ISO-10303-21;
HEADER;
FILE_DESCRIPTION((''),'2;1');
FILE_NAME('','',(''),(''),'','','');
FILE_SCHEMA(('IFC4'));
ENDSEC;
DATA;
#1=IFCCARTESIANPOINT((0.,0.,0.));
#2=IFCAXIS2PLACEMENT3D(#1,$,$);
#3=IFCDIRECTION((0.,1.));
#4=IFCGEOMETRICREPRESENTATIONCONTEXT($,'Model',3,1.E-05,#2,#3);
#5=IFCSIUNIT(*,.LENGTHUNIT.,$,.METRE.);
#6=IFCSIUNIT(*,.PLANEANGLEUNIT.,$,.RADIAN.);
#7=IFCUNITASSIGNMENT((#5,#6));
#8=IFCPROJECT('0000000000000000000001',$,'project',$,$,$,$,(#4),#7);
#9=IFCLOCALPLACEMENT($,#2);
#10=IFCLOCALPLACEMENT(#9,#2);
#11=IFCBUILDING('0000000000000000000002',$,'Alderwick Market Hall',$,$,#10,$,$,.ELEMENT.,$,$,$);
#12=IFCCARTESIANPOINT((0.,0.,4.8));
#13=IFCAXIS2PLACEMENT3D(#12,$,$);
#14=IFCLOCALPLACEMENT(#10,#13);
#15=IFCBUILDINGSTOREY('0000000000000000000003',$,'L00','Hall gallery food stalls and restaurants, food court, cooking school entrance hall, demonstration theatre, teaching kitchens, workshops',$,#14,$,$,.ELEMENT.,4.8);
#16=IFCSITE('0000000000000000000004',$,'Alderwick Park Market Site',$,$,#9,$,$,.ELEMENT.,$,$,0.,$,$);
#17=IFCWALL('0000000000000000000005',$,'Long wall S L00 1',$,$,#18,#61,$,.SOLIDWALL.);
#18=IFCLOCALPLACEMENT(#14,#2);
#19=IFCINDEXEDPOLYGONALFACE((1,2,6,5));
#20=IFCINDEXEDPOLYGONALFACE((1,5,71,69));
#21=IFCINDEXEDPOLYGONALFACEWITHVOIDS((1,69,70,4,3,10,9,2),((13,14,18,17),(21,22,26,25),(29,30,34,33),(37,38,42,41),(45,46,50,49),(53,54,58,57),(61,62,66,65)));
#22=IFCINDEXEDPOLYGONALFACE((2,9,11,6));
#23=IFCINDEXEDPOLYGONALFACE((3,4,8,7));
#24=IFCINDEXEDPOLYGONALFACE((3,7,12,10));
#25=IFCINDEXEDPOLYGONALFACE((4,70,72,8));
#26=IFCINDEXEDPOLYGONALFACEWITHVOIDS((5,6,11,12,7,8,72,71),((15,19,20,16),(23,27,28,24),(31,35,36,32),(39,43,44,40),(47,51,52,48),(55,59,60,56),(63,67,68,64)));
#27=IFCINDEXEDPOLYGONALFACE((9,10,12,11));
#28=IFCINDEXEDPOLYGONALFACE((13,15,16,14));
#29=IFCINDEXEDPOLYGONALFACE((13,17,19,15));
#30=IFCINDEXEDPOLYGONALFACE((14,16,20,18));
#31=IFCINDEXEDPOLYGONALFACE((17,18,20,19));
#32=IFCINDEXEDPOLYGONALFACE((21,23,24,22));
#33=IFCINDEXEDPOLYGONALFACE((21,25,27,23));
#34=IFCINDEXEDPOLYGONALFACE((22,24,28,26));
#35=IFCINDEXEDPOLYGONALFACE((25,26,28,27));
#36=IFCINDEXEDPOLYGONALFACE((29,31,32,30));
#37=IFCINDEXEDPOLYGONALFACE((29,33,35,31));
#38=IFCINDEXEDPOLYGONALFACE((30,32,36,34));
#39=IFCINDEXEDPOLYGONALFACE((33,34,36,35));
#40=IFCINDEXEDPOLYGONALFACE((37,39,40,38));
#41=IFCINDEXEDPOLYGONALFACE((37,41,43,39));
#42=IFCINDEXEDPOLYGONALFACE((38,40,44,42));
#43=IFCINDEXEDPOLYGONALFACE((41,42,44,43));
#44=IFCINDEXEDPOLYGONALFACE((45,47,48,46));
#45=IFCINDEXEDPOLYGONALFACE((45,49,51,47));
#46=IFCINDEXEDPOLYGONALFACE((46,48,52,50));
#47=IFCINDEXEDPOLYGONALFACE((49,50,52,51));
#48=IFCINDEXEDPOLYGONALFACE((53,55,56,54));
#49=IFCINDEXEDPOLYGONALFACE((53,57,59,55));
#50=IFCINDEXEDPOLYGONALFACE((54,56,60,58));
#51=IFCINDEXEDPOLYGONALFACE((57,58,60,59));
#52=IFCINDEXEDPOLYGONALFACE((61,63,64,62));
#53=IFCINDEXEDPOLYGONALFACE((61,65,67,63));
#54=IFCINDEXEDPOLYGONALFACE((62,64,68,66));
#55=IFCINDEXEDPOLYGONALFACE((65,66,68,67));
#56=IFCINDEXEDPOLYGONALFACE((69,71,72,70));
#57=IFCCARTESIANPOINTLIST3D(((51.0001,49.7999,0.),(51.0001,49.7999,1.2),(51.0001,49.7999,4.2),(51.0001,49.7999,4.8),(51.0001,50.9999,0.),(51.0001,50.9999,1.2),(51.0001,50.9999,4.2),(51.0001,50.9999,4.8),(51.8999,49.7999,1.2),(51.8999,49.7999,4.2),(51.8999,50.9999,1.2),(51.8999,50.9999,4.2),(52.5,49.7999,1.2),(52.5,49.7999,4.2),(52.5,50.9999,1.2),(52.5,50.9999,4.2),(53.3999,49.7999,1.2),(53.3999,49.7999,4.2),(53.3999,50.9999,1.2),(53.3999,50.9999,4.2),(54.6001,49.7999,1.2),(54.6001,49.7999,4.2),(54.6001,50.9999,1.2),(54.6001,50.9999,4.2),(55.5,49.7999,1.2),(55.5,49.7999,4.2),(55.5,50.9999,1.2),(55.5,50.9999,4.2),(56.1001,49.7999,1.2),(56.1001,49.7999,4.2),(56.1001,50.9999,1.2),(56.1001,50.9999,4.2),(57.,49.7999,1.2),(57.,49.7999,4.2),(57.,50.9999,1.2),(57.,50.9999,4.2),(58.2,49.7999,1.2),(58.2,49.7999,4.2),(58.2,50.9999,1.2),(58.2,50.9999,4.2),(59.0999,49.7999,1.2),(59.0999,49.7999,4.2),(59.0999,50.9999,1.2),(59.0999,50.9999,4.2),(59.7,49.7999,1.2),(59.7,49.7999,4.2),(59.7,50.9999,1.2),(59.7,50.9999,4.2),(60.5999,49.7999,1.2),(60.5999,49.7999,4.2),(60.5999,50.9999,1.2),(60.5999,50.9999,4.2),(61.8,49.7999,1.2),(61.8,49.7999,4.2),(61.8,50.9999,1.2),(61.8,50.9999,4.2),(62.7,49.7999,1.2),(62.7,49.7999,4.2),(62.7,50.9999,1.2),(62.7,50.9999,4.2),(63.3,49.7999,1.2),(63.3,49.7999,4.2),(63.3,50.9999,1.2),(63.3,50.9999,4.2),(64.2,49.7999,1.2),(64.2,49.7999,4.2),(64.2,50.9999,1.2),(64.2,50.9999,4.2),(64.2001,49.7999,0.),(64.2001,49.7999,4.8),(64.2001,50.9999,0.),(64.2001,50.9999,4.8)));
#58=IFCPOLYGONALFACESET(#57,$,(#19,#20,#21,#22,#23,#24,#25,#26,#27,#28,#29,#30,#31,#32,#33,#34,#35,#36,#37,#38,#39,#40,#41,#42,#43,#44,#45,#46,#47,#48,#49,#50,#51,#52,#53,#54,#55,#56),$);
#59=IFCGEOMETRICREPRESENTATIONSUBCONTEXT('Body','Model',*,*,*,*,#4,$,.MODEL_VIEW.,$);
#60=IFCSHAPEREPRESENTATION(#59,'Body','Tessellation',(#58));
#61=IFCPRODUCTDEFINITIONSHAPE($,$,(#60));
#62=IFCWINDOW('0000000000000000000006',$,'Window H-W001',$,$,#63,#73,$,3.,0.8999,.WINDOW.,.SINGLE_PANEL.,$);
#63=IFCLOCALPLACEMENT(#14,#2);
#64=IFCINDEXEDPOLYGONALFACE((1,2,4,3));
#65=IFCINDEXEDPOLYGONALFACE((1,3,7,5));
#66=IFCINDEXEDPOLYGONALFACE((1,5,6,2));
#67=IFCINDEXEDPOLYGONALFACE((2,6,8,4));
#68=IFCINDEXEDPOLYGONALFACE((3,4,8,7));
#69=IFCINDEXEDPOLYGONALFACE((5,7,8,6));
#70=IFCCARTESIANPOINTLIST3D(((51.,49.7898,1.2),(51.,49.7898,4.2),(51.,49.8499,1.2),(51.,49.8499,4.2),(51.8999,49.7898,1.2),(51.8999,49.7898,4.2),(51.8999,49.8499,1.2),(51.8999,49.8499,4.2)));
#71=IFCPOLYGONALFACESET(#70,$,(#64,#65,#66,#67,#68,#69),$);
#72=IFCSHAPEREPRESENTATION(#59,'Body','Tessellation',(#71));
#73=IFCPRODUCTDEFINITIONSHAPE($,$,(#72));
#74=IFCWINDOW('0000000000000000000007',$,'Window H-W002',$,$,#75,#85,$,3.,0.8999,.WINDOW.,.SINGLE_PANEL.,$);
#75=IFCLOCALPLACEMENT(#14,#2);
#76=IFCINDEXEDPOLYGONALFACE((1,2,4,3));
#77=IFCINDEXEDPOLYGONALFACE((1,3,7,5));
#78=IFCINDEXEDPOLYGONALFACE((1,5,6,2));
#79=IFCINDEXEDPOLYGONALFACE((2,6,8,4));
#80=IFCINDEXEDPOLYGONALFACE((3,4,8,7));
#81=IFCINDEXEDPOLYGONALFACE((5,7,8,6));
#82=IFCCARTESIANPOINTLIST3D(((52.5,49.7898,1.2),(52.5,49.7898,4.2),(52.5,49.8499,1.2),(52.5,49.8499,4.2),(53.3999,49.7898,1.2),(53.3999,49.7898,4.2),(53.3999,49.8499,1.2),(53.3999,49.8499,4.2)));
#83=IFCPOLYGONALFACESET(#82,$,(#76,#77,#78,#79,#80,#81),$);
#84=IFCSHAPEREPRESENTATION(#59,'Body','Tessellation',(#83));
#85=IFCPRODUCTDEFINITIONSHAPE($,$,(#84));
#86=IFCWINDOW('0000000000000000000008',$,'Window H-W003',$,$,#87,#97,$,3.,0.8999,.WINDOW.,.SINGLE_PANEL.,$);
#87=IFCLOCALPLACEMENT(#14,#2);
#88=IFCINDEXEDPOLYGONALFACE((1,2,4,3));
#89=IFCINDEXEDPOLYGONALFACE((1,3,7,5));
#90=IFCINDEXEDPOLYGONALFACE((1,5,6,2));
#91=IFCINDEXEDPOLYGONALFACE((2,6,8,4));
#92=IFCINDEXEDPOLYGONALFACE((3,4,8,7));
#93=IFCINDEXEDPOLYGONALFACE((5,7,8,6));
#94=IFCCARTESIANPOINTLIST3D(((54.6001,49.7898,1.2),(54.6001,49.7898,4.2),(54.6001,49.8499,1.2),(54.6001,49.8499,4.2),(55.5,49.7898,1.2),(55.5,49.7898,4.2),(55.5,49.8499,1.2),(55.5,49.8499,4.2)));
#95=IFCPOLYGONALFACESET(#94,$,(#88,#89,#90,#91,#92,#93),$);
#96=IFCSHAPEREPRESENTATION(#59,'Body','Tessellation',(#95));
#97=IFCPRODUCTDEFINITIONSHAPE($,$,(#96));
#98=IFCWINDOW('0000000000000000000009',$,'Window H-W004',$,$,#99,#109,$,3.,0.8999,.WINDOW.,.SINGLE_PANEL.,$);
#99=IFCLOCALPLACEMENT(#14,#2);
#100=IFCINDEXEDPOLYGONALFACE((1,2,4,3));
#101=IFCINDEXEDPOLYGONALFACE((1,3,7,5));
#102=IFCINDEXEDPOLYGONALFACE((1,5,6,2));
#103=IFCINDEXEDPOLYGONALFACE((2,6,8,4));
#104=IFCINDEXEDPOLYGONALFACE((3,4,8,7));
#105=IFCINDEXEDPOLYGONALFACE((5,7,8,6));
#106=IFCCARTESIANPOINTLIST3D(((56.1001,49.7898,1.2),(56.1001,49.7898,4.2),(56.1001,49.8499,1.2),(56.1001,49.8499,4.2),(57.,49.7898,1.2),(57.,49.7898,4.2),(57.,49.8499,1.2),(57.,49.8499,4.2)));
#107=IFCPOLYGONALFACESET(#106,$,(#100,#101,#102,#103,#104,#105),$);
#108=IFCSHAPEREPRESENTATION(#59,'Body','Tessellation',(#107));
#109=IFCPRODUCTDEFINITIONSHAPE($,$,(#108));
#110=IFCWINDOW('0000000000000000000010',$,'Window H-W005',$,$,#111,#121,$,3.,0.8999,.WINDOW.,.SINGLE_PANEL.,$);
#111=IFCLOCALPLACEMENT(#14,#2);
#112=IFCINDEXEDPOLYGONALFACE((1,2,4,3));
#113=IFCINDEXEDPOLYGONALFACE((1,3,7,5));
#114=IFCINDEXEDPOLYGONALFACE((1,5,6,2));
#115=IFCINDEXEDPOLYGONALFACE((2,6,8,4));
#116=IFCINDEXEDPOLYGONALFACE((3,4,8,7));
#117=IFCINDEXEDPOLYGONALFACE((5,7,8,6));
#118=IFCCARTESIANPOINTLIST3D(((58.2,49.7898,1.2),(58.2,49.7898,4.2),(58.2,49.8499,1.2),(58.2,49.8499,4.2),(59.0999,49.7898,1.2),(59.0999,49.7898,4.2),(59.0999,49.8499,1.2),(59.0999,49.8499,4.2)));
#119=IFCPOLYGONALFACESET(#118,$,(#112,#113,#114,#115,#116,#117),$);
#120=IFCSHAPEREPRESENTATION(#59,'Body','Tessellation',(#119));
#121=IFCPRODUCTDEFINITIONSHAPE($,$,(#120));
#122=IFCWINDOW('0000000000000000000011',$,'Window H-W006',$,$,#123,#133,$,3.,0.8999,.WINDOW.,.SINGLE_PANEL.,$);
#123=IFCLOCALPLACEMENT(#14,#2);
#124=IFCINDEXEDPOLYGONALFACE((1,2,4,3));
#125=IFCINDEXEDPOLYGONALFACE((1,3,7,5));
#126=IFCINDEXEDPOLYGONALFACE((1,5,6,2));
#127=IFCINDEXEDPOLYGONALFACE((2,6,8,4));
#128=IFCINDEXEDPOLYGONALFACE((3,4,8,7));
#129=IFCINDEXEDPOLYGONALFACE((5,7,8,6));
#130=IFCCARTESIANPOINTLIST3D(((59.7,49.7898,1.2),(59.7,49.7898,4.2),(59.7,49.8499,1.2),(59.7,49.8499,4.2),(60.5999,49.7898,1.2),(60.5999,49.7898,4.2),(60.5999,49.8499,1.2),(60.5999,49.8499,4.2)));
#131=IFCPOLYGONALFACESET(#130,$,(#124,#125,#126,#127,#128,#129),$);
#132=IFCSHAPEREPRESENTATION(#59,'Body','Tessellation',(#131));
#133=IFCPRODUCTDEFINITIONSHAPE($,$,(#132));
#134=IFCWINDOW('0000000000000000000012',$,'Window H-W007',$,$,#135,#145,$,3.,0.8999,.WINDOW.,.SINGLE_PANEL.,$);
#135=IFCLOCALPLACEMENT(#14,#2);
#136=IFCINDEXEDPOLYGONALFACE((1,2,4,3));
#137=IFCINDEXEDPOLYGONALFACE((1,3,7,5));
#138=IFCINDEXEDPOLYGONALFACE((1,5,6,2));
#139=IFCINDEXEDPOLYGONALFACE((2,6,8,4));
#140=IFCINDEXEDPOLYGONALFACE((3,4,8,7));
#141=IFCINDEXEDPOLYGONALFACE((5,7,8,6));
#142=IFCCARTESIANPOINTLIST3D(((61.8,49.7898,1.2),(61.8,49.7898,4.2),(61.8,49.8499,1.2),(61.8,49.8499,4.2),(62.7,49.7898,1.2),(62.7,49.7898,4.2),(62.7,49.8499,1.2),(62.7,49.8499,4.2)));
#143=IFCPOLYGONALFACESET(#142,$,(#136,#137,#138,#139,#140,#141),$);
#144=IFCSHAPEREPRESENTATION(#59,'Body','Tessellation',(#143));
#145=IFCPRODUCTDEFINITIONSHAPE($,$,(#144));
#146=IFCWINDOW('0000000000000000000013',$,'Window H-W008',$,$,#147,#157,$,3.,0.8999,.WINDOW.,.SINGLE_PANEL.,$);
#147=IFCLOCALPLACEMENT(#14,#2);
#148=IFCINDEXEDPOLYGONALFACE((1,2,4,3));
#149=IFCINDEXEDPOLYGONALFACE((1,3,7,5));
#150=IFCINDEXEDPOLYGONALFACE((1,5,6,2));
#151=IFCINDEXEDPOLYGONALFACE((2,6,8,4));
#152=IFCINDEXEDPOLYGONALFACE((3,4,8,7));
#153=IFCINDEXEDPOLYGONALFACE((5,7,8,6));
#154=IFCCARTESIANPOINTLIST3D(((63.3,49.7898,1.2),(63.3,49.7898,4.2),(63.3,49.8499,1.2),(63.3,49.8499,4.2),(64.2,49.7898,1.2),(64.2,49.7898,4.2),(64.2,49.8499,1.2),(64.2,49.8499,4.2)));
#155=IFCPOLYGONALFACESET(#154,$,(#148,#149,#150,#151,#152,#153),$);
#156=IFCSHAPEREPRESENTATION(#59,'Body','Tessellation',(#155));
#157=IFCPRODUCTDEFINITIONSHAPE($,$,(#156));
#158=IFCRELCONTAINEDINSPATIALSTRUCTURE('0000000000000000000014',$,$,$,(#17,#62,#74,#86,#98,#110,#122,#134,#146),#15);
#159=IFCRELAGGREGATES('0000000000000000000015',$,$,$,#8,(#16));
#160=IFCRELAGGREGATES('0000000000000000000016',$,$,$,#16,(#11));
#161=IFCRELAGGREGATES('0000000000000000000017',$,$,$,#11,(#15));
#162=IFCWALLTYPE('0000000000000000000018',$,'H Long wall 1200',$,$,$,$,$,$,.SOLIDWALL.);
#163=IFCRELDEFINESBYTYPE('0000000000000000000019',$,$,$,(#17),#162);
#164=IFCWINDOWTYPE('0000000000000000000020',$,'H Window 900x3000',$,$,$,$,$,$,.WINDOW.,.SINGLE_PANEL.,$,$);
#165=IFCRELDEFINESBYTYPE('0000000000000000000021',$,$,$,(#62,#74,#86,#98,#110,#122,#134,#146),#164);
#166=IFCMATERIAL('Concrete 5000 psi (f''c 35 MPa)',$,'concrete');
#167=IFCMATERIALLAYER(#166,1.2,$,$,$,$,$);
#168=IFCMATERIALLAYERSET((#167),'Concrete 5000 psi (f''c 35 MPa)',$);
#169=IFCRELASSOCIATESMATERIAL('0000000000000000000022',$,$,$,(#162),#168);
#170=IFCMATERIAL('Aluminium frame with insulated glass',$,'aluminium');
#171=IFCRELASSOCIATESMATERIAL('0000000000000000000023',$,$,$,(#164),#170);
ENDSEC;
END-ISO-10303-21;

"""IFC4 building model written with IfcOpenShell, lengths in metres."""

from ifc_helpers import new_model, si_unit, direction, frame, frame_2d, origin, place, context, subcontext, project, spatial, rectangle, extrude, material, layer, layer_set, type_object, element, fill, save


model = new_model("IFC4")

# Units and contexts
model_context = context("Model", 3, precision=1e-05, world=origin(), true_north=direction((0.0, 1.0)))
body_context = subcontext(model_context, "Body", "Model", "MODEL_VIEW")
ifc_project = project(units=[si_unit("LENGTHUNIT", "METRE"), si_unit("PLANEANGLEUNIT", "RADIAN")], contexts=[model_context])

# Site, building, storey
site_placement = place(None, origin())
site = spatial("IfcSite", under=ifc_project, at=site_placement, Name="Alderwick Park Market Site", CompositionType="ELEMENT", RefElevation=0.0)
building_placement = place(site_placement, origin())
building = spatial("IfcBuilding", under=site, at=building_placement, Name="Alderwick Market Hall", CompositionType="ELEMENT")
storey_placement = place(building_placement, frame((0.0, 0.0, 4.8)))
storey = spatial("IfcBuildingStorey", under=building, at=storey_placement, Name="L00", Description="Hall gallery food stalls and restaurants, food court, cooking school entrance hall, demonstration theatre, teaching kitchens, workshops", CompositionType="ELEMENT", Elevation=4.8)

# Shared definitions
ifc_material_1 = material(Name="Concrete 5000 psi (f'c 35 MPa)", Category="concrete")

# Wall, openings, windows
ifc_layer_1 = layer(ifc_material_1, 1.2)
ifc_layer_set_1 = layer_set([ifc_layer_1], Name="Concrete 5000 psi (f'c 35 MPa)")
wall_type_1 = type_object("IfcWallType", Name="H Long wall 1200", PredefinedType="SOLIDWALL", material=ifc_layer_set_1)
wall_1_placement = place(storey_placement, frame((51.0, 50.3999, 0.0), z_axis=(0.0, 0.0, 1.0), x_axis=(1.0, 0.0, 0.0)))
wall_1 = element("IfcWall", 1, at=wall_1_placement, inside=storey, type_object=wall_type_1, Name="Long wall S L00 1", PredefinedType="SOLIDWALL", context=body_context, shape_type="SweptSolid", body=[
    extrude(rectangle(XDim=13.2, YDim=1.2, at=frame_2d((6.6001, 0.0))), origin(), (0.0, 0.0, 1.0), 4.8),
])
opening_1_placement = place(wall_1_placement, frame((0.0, 0.0, 1.2)))
opening_1 = element("IfcOpeningElement", 2, at=opening_1_placement, cuts=wall_1, PredefinedType="OPENING", context=body_context, shape_type="SweptSolid", body=[
    extrude(rectangle(XDim=0.8999, YDim=3.0, at=frame_2d((0.45, 1.5))), frame((0.0, 0.6099, 0.0), z_axis=(0.0, -1.0, 0.0), x_axis=(1.0, 0.0, 0.0)), (0.0, 0.0, 1.0), 1.22),
])
opening_2_placement = place(wall_1_placement, frame((1.5, 0.0, 1.2)))
opening_2 = element("IfcOpeningElement", 3, at=opening_2_placement, cuts=wall_1, PredefinedType="OPENING", context=body_context, shape_type="SweptSolid", body=[
    extrude(rectangle(XDim=0.8999, YDim=3.0, at=frame_2d((0.45, 1.5))), frame((0.0, 0.6099, 0.0), z_axis=(0.0, -1.0, 0.0), x_axis=(1.0, 0.0, 0.0)), (0.0, 0.0, 1.0), 1.22),
])
opening_3_placement = place(wall_1_placement, frame((3.6001, 0.0, 1.2)))
opening_3 = element("IfcOpeningElement", 4, at=opening_3_placement, cuts=wall_1, PredefinedType="OPENING", context=body_context, shape_type="SweptSolid", body=[
    extrude(rectangle(XDim=0.8999, YDim=3.0, at=frame_2d((0.45, 1.5))), frame((0.0, 0.6099, 0.0), z_axis=(0.0, -1.0, 0.0), x_axis=(1.0, 0.0, 0.0)), (0.0, 0.0, 1.0), 1.22),
])
opening_4_placement = place(wall_1_placement, frame((5.1001, 0.0, 1.2)))
opening_4 = element("IfcOpeningElement", 5, at=opening_4_placement, cuts=wall_1, PredefinedType="OPENING", context=body_context, shape_type="SweptSolid", body=[
    extrude(rectangle(XDim=0.8999, YDim=3.0, at=frame_2d((0.45, 1.5))), frame((0.0, 0.6099, 0.0), z_axis=(0.0, -1.0, 0.0), x_axis=(1.0, 0.0, 0.0)), (0.0, 0.0, 1.0), 1.22),
])
opening_5_placement = place(wall_1_placement, frame((7.2, 0.0, 1.2)))
opening_5 = element("IfcOpeningElement", 6, at=opening_5_placement, cuts=wall_1, PredefinedType="OPENING", context=body_context, shape_type="SweptSolid", body=[
    extrude(rectangle(XDim=0.8999, YDim=3.0, at=frame_2d((0.45, 1.5))), frame((0.0, 0.6099, 0.0), z_axis=(0.0, -1.0, 0.0), x_axis=(1.0, 0.0, 0.0)), (0.0, 0.0, 1.0), 1.22),
])
opening_6_placement = place(wall_1_placement, frame((8.7, 0.0, 1.2)))
opening_6 = element("IfcOpeningElement", 7, at=opening_6_placement, cuts=wall_1, PredefinedType="OPENING", context=body_context, shape_type="SweptSolid", body=[
    extrude(rectangle(XDim=0.8999, YDim=3.0, at=frame_2d((0.45, 1.5))), frame((0.0, 0.6099, 0.0), z_axis=(0.0, -1.0, 0.0), x_axis=(1.0, 0.0, 0.0)), (0.0, 0.0, 1.0), 1.22),
])
opening_7_placement = place(wall_1_placement, frame((10.8, 0.0, 1.2)))
opening_7 = element("IfcOpeningElement", 8, at=opening_7_placement, cuts=wall_1, PredefinedType="OPENING", context=body_context, shape_type="SweptSolid", body=[
    extrude(rectangle(XDim=0.8999, YDim=3.0, at=frame_2d((0.45, 1.5))), frame((0.0, 0.6099, 0.0), z_axis=(0.0, -1.0, 0.0), x_axis=(1.0, 0.0, 0.0)), (0.0, 0.0, 1.0), 1.22),
])
opening_8_placement = place(wall_1_placement, frame((12.3, 0.0, 1.2)))
opening_8 = element("IfcOpeningElement", 9, at=opening_8_placement, cuts=wall_1, PredefinedType="OPENING", context=body_context, shape_type="SweptSolid", body=[
    extrude(rectangle(XDim=0.8999, YDim=3.0, at=frame_2d((0.45, 1.5))), frame((0.0, 0.6099, 0.0), z_axis=(0.0, -1.0, 0.0), x_axis=(1.0, 0.0, 0.0)), (0.0, 0.0, 1.0), 1.22),
])
ifc_material_2 = material(Name="Aluminium frame with insulated glass", Category="aluminium")
window_type = type_object("IfcWindowType", Name="H Window 900x3000", PartitioningType="SINGLE_PANEL", PredefinedType="WINDOW", material=ifc_material_2)
window_1_placement = place(opening_1_placement, origin())
window_1 = element("IfcWindow", 10, at=window_1_placement, inside=storey, type_object=window_type, Name="Window H-W001", OverallHeight=3.0, OverallWidth=0.8999, PartitioningType="SINGLE_PANEL", PredefinedType="WINDOW", context=body_context, shape_type="SweptSolid", body=[
    extrude(rectangle(XDim=0.8999, YDim=3.0, at=frame_2d((0.45, 1.5))), frame((0.0, -0.55, 0.0), z_axis=(0.0, -1.0, 0.0), x_axis=(1.0, 0.0, 0.0)), (0.0, 0.0, 1.0), 0.0601),
])
fill(opening_1, window_1)
window_2_placement = place(opening_2_placement, origin())
window_2 = element("IfcWindow", 11, at=window_2_placement, inside=storey, type_object=window_type, Name="Window H-W002", OverallHeight=3.0, OverallWidth=0.8999, PartitioningType="SINGLE_PANEL", PredefinedType="WINDOW", context=body_context, shape_type="SweptSolid", body=[
    extrude(rectangle(XDim=0.8999, YDim=3.0, at=frame_2d((0.45, 1.5))), frame((0.0, -0.55, 0.0), z_axis=(0.0, -1.0, 0.0), x_axis=(1.0, 0.0, 0.0)), (0.0, 0.0, 1.0), 0.0601),
])
fill(opening_2, window_2)
window_3_placement = place(opening_3_placement, origin())
window_3 = element("IfcWindow", 12, at=window_3_placement, inside=storey, type_object=window_type, Name="Window H-W003", OverallHeight=3.0, OverallWidth=0.8999, PartitioningType="SINGLE_PANEL", PredefinedType="WINDOW", context=body_context, shape_type="SweptSolid", body=[
    extrude(rectangle(XDim=0.8999, YDim=3.0, at=frame_2d((0.45, 1.5))), frame((0.0, -0.55, 0.0), z_axis=(0.0, -1.0, 0.0), x_axis=(1.0, 0.0, 0.0)), (0.0, 0.0, 1.0), 0.0601),
])
fill(opening_3, window_3)
window_4_placement = place(opening_4_placement, origin())
window_4 = element("IfcWindow", 13, at=window_4_placement, inside=storey, type_object=window_type, Name="Window H-W004", OverallHeight=3.0, OverallWidth=0.8999, PartitioningType="SINGLE_PANEL", PredefinedType="WINDOW", context=body_context, shape_type="SweptSolid", body=[
    extrude(rectangle(XDim=0.8999, YDim=3.0, at=frame_2d((0.45, 1.5))), frame((0.0, -0.55, 0.0), z_axis=(0.0, -1.0, 0.0), x_axis=(1.0, 0.0, 0.0)), (0.0, 0.0, 1.0), 0.0601),
])
fill(opening_4, window_4)
window_5_placement = place(opening_5_placement, origin())
window_5 = element("IfcWindow", 14, at=window_5_placement, inside=storey, type_object=window_type, Name="Window H-W005", OverallHeight=3.0, OverallWidth=0.8999, PartitioningType="SINGLE_PANEL", PredefinedType="WINDOW", context=body_context, shape_type="SweptSolid", body=[
    extrude(rectangle(XDim=0.8999, YDim=3.0, at=frame_2d((0.45, 1.5))), frame((0.0, -0.55, 0.0), z_axis=(0.0, -1.0, 0.0), x_axis=(1.0, 0.0, 0.0)), (0.0, 0.0, 1.0), 0.0601),
])
fill(opening_5, window_5)
window_6_placement = place(opening_6_placement, origin())
window_6 = element("IfcWindow", 15, at=window_6_placement, inside=storey, type_object=window_type, Name="Window H-W006", OverallHeight=3.0, OverallWidth=0.8999, PartitioningType="SINGLE_PANEL", PredefinedType="WINDOW", context=body_context, shape_type="SweptSolid", body=[
    extrude(rectangle(XDim=0.8999, YDim=3.0, at=frame_2d((0.45, 1.5))), frame((0.0, -0.55, 0.0), z_axis=(0.0, -1.0, 0.0), x_axis=(1.0, 0.0, 0.0)), (0.0, 0.0, 1.0), 0.0601),
])
fill(opening_6, window_6)
window_7_placement = place(opening_7_placement, origin())
window_7 = element("IfcWindow", 16, at=window_7_placement, inside=storey, type_object=window_type, Name="Window H-W007", OverallHeight=3.0, OverallWidth=0.8999, PartitioningType="SINGLE_PANEL", PredefinedType="WINDOW", context=body_context, shape_type="SweptSolid", body=[
    extrude(rectangle(XDim=0.8999, YDim=3.0, at=frame_2d((0.45, 1.5))), frame((0.0, -0.55, 0.0), z_axis=(0.0, -1.0, 0.0), x_axis=(1.0, 0.0, 0.0)), (0.0, 0.0, 1.0), 0.0601),
])
fill(opening_7, window_7)
window_8_placement = place(opening_8_placement, origin())
window_8 = element("IfcWindow", 17, at=window_8_placement, inside=storey, type_object=window_type, Name="Window H-W008", OverallHeight=3.0, OverallWidth=0.8999, PartitioningType="SINGLE_PANEL", PredefinedType="WINDOW", context=body_context, shape_type="SweptSolid", body=[
    extrude(rectangle(XDim=0.8999, YDim=3.0, at=frame_2d((0.45, 1.5))), frame((0.0, -0.55, 0.0), z_axis=(0.0, -1.0, 0.0), x_axis=(1.0, 0.0, 0.0)), (0.0, 0.0, 1.0), 0.0601),
])
fill(opening_8, window_8)

save(model, "model.ifc")
